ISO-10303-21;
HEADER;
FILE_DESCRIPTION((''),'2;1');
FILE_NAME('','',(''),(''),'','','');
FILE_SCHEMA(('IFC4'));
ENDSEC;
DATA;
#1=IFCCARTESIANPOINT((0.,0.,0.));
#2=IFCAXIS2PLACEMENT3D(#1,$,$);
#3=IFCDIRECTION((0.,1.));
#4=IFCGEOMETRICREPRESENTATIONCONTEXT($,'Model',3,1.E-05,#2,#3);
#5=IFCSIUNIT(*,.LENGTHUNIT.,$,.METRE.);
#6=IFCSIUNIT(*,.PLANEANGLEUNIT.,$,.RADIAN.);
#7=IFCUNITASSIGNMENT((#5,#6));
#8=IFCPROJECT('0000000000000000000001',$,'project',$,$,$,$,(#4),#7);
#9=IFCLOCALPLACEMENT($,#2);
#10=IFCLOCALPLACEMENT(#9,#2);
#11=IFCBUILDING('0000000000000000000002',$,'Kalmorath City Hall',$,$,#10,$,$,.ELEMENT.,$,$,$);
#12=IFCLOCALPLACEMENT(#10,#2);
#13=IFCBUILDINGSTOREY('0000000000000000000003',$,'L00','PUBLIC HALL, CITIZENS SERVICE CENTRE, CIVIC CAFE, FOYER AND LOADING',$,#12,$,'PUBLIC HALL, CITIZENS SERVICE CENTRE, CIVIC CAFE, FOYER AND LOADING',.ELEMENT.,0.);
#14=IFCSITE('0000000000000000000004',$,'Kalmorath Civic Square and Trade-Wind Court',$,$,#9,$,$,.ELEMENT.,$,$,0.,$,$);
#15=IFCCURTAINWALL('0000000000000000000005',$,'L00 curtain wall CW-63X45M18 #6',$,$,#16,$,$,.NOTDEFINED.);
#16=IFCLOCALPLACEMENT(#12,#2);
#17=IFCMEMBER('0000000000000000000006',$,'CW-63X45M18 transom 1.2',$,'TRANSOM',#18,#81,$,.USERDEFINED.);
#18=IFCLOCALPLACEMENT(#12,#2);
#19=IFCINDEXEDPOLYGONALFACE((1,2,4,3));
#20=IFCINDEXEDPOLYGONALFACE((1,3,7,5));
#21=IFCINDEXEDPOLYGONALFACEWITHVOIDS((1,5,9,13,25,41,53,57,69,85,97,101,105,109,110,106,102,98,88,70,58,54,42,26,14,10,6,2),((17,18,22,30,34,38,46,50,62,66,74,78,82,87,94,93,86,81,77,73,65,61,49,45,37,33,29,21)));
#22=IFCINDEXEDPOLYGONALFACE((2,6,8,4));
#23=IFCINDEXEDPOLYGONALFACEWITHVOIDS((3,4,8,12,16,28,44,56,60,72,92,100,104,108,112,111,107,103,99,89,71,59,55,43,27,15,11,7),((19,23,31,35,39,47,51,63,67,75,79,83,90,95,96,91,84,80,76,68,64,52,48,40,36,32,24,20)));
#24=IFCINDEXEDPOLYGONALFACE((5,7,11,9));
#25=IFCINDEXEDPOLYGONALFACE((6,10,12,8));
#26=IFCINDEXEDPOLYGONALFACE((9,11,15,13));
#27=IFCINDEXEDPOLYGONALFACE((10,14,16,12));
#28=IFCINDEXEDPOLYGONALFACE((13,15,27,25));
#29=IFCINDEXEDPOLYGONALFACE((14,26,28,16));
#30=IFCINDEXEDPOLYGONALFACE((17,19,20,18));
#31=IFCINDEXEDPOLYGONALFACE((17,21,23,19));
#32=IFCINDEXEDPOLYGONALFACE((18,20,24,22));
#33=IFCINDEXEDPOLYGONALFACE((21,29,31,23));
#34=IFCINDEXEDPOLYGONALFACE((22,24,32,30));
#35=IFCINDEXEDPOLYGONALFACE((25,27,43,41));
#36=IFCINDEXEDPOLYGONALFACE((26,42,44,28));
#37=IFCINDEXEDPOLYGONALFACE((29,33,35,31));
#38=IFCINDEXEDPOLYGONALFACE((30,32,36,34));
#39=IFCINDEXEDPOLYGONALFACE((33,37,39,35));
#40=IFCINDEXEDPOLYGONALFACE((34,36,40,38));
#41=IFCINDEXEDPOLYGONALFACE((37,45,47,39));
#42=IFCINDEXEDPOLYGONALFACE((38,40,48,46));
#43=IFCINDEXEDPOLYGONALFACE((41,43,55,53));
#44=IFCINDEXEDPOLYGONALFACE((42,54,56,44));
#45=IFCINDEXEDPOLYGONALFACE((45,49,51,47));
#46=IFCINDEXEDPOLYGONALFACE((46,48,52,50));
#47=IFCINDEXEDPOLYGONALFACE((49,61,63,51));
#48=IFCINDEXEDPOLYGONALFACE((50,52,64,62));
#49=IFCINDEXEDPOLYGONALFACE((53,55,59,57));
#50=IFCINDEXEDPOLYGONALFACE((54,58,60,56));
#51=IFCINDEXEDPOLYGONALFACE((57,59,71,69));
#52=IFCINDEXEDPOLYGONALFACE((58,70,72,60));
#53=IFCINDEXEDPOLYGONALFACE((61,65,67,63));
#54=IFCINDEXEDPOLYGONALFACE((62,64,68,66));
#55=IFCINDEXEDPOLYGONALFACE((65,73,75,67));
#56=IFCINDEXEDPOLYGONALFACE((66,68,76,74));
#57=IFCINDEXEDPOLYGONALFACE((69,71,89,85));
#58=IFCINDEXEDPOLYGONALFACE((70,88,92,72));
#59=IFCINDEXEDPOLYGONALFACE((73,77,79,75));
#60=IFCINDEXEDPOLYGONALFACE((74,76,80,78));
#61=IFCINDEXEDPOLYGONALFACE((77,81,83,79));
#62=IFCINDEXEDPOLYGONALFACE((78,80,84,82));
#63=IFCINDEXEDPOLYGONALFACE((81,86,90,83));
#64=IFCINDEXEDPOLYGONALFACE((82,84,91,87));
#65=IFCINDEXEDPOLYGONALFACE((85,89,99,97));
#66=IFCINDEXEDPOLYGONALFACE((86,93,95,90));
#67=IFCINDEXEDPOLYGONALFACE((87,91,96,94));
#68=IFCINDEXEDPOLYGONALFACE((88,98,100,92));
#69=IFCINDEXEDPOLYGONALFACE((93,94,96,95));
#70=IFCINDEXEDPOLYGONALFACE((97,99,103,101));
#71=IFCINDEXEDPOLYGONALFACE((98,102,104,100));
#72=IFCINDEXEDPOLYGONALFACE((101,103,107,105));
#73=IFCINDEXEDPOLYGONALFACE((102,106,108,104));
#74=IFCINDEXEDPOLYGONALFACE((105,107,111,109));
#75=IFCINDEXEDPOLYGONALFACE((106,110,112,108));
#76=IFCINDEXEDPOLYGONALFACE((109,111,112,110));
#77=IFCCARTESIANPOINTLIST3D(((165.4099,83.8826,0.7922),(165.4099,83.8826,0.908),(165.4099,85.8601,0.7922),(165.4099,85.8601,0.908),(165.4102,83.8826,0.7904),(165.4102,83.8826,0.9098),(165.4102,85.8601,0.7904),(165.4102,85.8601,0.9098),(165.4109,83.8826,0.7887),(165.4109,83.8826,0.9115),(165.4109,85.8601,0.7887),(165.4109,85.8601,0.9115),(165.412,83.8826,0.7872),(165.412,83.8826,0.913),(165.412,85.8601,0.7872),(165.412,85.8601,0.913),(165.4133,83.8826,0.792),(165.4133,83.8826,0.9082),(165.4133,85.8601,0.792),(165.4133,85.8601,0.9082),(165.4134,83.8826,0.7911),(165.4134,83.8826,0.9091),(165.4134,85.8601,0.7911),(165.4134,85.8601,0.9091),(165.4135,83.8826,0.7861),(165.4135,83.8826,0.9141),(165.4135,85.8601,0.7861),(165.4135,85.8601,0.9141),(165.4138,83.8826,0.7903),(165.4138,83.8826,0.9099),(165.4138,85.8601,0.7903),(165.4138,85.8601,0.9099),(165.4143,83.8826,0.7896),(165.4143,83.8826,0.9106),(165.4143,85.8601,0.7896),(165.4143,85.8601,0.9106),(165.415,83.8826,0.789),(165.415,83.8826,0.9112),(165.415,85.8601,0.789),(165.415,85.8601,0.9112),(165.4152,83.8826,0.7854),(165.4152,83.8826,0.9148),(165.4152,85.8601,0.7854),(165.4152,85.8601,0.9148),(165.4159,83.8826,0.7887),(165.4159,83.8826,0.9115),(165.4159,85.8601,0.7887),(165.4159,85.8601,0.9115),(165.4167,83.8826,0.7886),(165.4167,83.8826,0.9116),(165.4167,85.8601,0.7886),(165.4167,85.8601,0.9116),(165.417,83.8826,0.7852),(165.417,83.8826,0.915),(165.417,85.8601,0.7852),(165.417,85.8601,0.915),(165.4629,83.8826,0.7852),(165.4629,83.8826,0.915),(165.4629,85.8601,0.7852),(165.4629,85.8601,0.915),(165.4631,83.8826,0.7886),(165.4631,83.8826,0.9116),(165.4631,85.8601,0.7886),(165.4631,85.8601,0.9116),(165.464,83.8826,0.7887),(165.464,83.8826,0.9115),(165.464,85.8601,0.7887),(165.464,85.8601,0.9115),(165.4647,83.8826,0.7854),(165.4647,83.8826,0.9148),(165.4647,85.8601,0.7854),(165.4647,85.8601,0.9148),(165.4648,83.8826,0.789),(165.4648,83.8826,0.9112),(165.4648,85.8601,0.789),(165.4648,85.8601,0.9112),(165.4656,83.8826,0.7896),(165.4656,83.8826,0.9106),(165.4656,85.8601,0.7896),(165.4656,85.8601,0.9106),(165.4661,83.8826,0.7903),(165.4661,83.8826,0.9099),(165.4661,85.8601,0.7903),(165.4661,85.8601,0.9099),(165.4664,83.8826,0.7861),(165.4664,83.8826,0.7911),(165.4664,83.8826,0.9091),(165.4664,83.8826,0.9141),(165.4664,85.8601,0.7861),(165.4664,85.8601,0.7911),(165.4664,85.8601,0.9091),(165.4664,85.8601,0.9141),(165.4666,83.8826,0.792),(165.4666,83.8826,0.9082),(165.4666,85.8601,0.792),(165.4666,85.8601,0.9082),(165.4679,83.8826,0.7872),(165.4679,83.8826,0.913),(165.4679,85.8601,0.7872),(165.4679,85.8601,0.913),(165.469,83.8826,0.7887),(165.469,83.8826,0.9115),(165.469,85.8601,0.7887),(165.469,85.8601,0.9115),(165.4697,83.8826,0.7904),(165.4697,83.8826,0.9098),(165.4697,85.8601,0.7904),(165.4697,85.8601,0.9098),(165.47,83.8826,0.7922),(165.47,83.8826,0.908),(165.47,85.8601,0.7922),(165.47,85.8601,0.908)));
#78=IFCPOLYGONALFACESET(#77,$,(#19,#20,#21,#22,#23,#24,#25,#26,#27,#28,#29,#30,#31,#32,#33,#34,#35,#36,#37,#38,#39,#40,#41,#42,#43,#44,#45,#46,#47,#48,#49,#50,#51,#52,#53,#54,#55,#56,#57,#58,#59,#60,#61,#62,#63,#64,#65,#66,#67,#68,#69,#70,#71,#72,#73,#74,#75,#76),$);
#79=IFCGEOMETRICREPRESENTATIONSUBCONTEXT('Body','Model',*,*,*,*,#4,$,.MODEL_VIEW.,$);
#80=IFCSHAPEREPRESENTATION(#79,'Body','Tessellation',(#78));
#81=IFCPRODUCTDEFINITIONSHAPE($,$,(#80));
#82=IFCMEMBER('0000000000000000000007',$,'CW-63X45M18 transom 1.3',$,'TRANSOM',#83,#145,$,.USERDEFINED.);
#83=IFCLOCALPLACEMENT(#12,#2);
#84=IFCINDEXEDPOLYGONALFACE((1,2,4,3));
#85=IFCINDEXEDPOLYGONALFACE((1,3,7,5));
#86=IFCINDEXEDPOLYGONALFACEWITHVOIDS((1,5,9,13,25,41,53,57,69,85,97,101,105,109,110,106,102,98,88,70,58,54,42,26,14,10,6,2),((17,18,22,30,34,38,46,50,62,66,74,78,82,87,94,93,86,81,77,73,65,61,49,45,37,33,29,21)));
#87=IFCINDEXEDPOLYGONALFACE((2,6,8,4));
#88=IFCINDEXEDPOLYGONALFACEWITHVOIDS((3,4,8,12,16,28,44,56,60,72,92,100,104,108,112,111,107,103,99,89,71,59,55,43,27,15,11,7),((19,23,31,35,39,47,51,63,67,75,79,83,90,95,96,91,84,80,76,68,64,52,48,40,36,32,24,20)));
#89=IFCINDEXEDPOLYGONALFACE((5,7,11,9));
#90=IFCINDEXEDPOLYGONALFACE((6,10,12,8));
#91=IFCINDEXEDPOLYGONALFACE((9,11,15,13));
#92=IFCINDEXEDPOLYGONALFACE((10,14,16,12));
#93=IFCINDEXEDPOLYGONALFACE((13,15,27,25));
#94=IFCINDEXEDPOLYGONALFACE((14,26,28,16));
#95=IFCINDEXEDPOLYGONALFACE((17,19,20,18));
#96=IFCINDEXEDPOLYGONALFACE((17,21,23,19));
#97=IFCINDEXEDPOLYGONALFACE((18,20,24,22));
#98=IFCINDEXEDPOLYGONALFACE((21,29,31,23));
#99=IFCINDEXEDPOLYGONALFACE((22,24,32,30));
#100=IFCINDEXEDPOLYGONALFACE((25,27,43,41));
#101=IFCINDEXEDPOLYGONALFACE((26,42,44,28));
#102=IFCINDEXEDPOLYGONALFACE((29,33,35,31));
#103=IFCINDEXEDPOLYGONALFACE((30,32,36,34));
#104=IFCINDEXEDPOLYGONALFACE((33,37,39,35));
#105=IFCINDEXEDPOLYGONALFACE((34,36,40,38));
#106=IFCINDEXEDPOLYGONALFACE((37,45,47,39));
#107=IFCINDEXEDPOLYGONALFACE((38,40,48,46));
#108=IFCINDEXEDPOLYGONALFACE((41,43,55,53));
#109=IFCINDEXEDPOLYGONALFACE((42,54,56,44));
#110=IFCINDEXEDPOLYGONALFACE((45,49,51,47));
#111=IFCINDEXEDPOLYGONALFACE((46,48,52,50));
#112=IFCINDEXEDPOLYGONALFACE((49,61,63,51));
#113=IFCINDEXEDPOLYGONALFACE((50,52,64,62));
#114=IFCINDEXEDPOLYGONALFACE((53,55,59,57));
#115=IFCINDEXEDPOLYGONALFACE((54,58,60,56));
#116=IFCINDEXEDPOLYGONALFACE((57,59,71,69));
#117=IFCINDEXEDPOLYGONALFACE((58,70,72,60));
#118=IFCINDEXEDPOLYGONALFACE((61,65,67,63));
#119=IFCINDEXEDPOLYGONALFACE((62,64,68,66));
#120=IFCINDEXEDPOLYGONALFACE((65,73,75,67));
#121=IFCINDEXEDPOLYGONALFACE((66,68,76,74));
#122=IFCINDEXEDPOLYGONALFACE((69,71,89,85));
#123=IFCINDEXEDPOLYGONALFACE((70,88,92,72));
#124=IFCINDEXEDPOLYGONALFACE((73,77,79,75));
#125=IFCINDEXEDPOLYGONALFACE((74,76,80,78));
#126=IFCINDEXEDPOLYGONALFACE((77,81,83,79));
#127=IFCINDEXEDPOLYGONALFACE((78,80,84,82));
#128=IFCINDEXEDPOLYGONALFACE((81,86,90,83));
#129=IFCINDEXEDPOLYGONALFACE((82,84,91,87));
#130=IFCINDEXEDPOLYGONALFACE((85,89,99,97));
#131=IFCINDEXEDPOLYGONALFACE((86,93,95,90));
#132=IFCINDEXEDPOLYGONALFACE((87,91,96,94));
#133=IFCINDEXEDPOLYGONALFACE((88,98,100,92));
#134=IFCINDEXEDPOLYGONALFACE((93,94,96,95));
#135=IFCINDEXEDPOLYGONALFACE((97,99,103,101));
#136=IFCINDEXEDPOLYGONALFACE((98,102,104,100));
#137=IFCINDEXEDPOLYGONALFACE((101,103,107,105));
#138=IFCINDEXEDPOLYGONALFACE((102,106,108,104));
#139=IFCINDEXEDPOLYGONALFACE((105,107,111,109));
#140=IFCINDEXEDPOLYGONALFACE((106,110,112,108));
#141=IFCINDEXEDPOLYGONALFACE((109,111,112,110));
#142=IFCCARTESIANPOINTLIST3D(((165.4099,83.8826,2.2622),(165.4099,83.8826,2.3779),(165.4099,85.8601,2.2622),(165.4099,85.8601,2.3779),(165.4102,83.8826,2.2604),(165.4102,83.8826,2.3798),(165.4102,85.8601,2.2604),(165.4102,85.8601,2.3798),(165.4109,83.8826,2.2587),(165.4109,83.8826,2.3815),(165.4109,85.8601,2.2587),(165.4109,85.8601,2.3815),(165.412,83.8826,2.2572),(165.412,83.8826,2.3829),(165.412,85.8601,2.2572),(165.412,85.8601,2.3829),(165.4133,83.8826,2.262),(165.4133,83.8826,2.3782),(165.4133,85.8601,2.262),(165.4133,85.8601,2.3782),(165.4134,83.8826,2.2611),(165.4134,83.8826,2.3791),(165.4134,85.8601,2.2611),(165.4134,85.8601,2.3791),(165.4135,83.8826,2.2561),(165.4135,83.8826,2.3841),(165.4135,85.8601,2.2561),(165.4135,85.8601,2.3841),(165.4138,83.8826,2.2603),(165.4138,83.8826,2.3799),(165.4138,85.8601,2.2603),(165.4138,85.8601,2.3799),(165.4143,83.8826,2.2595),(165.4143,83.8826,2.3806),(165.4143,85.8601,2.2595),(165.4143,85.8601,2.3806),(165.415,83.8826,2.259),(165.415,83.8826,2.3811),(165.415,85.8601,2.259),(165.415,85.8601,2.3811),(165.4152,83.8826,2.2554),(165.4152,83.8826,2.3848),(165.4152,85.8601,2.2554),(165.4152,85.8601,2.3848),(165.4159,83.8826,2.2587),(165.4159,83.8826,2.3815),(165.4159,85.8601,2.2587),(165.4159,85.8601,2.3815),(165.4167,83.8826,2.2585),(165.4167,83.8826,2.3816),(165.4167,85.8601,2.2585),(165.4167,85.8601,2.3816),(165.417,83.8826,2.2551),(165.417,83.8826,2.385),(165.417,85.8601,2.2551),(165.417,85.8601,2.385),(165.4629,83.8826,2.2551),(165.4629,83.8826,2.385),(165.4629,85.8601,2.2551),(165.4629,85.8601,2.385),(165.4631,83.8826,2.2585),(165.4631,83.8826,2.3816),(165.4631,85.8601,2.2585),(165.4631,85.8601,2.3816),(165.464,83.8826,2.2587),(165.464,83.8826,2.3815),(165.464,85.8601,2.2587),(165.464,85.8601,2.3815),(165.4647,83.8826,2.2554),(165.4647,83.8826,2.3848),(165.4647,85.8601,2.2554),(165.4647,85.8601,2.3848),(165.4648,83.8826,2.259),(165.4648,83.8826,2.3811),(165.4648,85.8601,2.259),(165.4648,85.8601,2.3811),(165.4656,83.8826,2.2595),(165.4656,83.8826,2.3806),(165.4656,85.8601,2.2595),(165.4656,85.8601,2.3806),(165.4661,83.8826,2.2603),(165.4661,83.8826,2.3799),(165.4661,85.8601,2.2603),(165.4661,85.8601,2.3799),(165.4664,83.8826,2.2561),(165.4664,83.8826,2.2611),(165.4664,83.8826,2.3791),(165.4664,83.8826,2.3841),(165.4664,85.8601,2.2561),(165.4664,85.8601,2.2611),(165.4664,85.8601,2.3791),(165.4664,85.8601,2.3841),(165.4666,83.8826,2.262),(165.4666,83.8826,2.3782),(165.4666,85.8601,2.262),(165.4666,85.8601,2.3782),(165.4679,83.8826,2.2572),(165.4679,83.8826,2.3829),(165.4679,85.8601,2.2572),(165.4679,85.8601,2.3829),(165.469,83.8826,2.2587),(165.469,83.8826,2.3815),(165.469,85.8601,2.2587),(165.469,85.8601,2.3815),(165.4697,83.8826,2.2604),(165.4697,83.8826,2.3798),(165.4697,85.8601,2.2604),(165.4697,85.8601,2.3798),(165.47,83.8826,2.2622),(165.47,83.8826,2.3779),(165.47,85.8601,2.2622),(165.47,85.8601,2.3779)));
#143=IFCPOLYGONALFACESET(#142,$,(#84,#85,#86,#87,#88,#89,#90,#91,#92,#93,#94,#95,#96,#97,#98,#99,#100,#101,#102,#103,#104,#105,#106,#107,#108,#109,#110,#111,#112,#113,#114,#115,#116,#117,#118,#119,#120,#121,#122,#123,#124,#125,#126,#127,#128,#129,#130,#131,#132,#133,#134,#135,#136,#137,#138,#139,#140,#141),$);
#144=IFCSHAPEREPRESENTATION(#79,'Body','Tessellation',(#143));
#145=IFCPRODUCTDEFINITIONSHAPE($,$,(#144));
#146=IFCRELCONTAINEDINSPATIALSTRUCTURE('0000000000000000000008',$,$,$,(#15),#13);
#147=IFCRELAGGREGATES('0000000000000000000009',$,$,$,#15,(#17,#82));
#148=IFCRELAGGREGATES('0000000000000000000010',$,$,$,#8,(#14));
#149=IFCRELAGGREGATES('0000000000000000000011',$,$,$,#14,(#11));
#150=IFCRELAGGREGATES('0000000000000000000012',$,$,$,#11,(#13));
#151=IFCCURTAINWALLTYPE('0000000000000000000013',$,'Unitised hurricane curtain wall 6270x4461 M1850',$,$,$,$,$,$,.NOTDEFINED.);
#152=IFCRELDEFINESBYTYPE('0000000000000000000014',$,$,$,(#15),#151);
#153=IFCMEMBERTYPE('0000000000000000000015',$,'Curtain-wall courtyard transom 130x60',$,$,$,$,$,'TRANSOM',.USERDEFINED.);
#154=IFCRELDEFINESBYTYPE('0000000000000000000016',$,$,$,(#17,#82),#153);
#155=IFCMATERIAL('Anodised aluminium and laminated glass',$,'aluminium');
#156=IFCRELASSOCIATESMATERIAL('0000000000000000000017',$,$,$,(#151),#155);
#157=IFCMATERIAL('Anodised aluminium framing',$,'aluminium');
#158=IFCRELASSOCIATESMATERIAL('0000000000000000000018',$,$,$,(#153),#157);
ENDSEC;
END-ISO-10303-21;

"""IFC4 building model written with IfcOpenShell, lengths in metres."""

from ifc_helpers import new_model, si_unit, direction, frame, origin, origin_2d, place, context, subcontext, project, spatial, hollow_rectangle, extrude, material, material_profile, profile_set, type_object, element, aggregate, save


model = new_model("IFC4")

# Units and contexts
model_context = context("Model", 3, precision=1e-05, world=origin(), true_north=direction((0.0, 1.0)))
body_context = subcontext(model_context, "Body", "Model", "MODEL_VIEW")
ifc_project = project(units=[si_unit("LENGTHUNIT", "METRE"), si_unit("PLANEANGLEUNIT", "RADIAN")], contexts=[model_context])

# Site, building, storey
site_placement = place(None, origin())
site = spatial("IfcSite", under=ifc_project, at=site_placement, Name="Kalmorath Civic Square and Trade-Wind Court", CompositionType="ELEMENT", RefElevation=0.0)
building_placement = place(site_placement, origin())
building = spatial("IfcBuilding", under=site, at=building_placement, Name="Kalmorath City Hall", CompositionType="ELEMENT")
storey_placement = place(building_placement, origin())
storey = spatial("IfcBuildingStorey", under=building, at=storey_placement, Name="L00", Description="PUBLIC HALL, CITIZENS SERVICE CENTRE, CIVIC CAFE, FOYER AND LOADING", LongName="PUBLIC HALL, CITIZENS SERVICE CENTRE, CIVIC CAFE, FOYER AND LOADING", CompositionType="ELEMENT", Elevation=0.0)

# Curtain wall, members
ifc_material_1 = material(Name="Anodised aluminium and laminated glass", Category="aluminium")
curtain_wall_type = type_object("IfcCurtainWallType", Name="Unitised hurricane curtain wall 6270x4461 M1850", PredefinedType="NOTDEFINED", material=ifc_material_1)
curtain_wall_1_placement = place(storey_placement, origin())
curtain_wall_1 = element("IfcCurtainWall", 1, at=curtain_wall_1_placement, inside=storey, type_object=curtain_wall_type, Name="L00 curtain wall CW-63X45M18 #6", PredefinedType="NOTDEFINED")
ifc_material_2 = material(Name="Anodised aluminium framing", Category="aluminium")
ifc_material_profile_1 = material_profile(ifc_material_2, hollow_rectangle(XDim=0.0601, YDim=0.1299, WallThickness=0.0034, InnerFilletRadius=0.0034, OuterFilletRadius=0.0071, at=origin_2d()), Name="ALU-TRN-130X60X3.5")
ifc_profile_set_1 = profile_set([ifc_material_profile_1], Name="Anodised aluminium framing")
member_type_1 = type_object("IfcMemberType", Name="Curtain-wall courtyard transom 130x60", ElementType="TRANSOM", PredefinedType="USERDEFINED", material=ifc_profile_set_1)
member_1_placement = place(storey_placement, frame((165.4399, 85.8601, 0.8501), z_axis=(0.0, -1.0, 0.0), x_axis=(1.0, 0.0, 0.0)))
member_1 = element("IfcMember", 2, at=member_1_placement, type_object=member_type_1, Name="CW-63X45M18 transom 1.2", ObjectType="TRANSOM", PredefinedType="USERDEFINED", context=body_context, shape_type="SweptSolid", body=[
    extrude(hollow_rectangle(XDim=0.0601, YDim=0.1299, WallThickness=0.0034, InnerFilletRadius=0.0034, OuterFilletRadius=0.0071, at=origin_2d()), origin(), (0.0, 0.0, 1.0), 1.9775),
])
member_2_placement = place(storey_placement, frame((165.4399, 85.8601, 2.3201), z_axis=(0.0, -1.0, 0.0), x_axis=(1.0, 0.0, 0.0)))
member_2 = element("IfcMember", 3, at=member_2_placement, type_object=member_type_1, Name="CW-63X45M18 transom 1.3", ObjectType="TRANSOM", PredefinedType="USERDEFINED", context=body_context, shape_type="SweptSolid", body=[
    extrude(hollow_rectangle(XDim=0.0601, YDim=0.1299, WallThickness=0.0034, InnerFilletRadius=0.0034, OuterFilletRadius=0.0071, at=origin_2d()), origin(), (0.0, 0.0, 1.0), 1.9775),
])

aggregate(curtain_wall_1, [member_1, member_2])

save(model, "model.ifc")
